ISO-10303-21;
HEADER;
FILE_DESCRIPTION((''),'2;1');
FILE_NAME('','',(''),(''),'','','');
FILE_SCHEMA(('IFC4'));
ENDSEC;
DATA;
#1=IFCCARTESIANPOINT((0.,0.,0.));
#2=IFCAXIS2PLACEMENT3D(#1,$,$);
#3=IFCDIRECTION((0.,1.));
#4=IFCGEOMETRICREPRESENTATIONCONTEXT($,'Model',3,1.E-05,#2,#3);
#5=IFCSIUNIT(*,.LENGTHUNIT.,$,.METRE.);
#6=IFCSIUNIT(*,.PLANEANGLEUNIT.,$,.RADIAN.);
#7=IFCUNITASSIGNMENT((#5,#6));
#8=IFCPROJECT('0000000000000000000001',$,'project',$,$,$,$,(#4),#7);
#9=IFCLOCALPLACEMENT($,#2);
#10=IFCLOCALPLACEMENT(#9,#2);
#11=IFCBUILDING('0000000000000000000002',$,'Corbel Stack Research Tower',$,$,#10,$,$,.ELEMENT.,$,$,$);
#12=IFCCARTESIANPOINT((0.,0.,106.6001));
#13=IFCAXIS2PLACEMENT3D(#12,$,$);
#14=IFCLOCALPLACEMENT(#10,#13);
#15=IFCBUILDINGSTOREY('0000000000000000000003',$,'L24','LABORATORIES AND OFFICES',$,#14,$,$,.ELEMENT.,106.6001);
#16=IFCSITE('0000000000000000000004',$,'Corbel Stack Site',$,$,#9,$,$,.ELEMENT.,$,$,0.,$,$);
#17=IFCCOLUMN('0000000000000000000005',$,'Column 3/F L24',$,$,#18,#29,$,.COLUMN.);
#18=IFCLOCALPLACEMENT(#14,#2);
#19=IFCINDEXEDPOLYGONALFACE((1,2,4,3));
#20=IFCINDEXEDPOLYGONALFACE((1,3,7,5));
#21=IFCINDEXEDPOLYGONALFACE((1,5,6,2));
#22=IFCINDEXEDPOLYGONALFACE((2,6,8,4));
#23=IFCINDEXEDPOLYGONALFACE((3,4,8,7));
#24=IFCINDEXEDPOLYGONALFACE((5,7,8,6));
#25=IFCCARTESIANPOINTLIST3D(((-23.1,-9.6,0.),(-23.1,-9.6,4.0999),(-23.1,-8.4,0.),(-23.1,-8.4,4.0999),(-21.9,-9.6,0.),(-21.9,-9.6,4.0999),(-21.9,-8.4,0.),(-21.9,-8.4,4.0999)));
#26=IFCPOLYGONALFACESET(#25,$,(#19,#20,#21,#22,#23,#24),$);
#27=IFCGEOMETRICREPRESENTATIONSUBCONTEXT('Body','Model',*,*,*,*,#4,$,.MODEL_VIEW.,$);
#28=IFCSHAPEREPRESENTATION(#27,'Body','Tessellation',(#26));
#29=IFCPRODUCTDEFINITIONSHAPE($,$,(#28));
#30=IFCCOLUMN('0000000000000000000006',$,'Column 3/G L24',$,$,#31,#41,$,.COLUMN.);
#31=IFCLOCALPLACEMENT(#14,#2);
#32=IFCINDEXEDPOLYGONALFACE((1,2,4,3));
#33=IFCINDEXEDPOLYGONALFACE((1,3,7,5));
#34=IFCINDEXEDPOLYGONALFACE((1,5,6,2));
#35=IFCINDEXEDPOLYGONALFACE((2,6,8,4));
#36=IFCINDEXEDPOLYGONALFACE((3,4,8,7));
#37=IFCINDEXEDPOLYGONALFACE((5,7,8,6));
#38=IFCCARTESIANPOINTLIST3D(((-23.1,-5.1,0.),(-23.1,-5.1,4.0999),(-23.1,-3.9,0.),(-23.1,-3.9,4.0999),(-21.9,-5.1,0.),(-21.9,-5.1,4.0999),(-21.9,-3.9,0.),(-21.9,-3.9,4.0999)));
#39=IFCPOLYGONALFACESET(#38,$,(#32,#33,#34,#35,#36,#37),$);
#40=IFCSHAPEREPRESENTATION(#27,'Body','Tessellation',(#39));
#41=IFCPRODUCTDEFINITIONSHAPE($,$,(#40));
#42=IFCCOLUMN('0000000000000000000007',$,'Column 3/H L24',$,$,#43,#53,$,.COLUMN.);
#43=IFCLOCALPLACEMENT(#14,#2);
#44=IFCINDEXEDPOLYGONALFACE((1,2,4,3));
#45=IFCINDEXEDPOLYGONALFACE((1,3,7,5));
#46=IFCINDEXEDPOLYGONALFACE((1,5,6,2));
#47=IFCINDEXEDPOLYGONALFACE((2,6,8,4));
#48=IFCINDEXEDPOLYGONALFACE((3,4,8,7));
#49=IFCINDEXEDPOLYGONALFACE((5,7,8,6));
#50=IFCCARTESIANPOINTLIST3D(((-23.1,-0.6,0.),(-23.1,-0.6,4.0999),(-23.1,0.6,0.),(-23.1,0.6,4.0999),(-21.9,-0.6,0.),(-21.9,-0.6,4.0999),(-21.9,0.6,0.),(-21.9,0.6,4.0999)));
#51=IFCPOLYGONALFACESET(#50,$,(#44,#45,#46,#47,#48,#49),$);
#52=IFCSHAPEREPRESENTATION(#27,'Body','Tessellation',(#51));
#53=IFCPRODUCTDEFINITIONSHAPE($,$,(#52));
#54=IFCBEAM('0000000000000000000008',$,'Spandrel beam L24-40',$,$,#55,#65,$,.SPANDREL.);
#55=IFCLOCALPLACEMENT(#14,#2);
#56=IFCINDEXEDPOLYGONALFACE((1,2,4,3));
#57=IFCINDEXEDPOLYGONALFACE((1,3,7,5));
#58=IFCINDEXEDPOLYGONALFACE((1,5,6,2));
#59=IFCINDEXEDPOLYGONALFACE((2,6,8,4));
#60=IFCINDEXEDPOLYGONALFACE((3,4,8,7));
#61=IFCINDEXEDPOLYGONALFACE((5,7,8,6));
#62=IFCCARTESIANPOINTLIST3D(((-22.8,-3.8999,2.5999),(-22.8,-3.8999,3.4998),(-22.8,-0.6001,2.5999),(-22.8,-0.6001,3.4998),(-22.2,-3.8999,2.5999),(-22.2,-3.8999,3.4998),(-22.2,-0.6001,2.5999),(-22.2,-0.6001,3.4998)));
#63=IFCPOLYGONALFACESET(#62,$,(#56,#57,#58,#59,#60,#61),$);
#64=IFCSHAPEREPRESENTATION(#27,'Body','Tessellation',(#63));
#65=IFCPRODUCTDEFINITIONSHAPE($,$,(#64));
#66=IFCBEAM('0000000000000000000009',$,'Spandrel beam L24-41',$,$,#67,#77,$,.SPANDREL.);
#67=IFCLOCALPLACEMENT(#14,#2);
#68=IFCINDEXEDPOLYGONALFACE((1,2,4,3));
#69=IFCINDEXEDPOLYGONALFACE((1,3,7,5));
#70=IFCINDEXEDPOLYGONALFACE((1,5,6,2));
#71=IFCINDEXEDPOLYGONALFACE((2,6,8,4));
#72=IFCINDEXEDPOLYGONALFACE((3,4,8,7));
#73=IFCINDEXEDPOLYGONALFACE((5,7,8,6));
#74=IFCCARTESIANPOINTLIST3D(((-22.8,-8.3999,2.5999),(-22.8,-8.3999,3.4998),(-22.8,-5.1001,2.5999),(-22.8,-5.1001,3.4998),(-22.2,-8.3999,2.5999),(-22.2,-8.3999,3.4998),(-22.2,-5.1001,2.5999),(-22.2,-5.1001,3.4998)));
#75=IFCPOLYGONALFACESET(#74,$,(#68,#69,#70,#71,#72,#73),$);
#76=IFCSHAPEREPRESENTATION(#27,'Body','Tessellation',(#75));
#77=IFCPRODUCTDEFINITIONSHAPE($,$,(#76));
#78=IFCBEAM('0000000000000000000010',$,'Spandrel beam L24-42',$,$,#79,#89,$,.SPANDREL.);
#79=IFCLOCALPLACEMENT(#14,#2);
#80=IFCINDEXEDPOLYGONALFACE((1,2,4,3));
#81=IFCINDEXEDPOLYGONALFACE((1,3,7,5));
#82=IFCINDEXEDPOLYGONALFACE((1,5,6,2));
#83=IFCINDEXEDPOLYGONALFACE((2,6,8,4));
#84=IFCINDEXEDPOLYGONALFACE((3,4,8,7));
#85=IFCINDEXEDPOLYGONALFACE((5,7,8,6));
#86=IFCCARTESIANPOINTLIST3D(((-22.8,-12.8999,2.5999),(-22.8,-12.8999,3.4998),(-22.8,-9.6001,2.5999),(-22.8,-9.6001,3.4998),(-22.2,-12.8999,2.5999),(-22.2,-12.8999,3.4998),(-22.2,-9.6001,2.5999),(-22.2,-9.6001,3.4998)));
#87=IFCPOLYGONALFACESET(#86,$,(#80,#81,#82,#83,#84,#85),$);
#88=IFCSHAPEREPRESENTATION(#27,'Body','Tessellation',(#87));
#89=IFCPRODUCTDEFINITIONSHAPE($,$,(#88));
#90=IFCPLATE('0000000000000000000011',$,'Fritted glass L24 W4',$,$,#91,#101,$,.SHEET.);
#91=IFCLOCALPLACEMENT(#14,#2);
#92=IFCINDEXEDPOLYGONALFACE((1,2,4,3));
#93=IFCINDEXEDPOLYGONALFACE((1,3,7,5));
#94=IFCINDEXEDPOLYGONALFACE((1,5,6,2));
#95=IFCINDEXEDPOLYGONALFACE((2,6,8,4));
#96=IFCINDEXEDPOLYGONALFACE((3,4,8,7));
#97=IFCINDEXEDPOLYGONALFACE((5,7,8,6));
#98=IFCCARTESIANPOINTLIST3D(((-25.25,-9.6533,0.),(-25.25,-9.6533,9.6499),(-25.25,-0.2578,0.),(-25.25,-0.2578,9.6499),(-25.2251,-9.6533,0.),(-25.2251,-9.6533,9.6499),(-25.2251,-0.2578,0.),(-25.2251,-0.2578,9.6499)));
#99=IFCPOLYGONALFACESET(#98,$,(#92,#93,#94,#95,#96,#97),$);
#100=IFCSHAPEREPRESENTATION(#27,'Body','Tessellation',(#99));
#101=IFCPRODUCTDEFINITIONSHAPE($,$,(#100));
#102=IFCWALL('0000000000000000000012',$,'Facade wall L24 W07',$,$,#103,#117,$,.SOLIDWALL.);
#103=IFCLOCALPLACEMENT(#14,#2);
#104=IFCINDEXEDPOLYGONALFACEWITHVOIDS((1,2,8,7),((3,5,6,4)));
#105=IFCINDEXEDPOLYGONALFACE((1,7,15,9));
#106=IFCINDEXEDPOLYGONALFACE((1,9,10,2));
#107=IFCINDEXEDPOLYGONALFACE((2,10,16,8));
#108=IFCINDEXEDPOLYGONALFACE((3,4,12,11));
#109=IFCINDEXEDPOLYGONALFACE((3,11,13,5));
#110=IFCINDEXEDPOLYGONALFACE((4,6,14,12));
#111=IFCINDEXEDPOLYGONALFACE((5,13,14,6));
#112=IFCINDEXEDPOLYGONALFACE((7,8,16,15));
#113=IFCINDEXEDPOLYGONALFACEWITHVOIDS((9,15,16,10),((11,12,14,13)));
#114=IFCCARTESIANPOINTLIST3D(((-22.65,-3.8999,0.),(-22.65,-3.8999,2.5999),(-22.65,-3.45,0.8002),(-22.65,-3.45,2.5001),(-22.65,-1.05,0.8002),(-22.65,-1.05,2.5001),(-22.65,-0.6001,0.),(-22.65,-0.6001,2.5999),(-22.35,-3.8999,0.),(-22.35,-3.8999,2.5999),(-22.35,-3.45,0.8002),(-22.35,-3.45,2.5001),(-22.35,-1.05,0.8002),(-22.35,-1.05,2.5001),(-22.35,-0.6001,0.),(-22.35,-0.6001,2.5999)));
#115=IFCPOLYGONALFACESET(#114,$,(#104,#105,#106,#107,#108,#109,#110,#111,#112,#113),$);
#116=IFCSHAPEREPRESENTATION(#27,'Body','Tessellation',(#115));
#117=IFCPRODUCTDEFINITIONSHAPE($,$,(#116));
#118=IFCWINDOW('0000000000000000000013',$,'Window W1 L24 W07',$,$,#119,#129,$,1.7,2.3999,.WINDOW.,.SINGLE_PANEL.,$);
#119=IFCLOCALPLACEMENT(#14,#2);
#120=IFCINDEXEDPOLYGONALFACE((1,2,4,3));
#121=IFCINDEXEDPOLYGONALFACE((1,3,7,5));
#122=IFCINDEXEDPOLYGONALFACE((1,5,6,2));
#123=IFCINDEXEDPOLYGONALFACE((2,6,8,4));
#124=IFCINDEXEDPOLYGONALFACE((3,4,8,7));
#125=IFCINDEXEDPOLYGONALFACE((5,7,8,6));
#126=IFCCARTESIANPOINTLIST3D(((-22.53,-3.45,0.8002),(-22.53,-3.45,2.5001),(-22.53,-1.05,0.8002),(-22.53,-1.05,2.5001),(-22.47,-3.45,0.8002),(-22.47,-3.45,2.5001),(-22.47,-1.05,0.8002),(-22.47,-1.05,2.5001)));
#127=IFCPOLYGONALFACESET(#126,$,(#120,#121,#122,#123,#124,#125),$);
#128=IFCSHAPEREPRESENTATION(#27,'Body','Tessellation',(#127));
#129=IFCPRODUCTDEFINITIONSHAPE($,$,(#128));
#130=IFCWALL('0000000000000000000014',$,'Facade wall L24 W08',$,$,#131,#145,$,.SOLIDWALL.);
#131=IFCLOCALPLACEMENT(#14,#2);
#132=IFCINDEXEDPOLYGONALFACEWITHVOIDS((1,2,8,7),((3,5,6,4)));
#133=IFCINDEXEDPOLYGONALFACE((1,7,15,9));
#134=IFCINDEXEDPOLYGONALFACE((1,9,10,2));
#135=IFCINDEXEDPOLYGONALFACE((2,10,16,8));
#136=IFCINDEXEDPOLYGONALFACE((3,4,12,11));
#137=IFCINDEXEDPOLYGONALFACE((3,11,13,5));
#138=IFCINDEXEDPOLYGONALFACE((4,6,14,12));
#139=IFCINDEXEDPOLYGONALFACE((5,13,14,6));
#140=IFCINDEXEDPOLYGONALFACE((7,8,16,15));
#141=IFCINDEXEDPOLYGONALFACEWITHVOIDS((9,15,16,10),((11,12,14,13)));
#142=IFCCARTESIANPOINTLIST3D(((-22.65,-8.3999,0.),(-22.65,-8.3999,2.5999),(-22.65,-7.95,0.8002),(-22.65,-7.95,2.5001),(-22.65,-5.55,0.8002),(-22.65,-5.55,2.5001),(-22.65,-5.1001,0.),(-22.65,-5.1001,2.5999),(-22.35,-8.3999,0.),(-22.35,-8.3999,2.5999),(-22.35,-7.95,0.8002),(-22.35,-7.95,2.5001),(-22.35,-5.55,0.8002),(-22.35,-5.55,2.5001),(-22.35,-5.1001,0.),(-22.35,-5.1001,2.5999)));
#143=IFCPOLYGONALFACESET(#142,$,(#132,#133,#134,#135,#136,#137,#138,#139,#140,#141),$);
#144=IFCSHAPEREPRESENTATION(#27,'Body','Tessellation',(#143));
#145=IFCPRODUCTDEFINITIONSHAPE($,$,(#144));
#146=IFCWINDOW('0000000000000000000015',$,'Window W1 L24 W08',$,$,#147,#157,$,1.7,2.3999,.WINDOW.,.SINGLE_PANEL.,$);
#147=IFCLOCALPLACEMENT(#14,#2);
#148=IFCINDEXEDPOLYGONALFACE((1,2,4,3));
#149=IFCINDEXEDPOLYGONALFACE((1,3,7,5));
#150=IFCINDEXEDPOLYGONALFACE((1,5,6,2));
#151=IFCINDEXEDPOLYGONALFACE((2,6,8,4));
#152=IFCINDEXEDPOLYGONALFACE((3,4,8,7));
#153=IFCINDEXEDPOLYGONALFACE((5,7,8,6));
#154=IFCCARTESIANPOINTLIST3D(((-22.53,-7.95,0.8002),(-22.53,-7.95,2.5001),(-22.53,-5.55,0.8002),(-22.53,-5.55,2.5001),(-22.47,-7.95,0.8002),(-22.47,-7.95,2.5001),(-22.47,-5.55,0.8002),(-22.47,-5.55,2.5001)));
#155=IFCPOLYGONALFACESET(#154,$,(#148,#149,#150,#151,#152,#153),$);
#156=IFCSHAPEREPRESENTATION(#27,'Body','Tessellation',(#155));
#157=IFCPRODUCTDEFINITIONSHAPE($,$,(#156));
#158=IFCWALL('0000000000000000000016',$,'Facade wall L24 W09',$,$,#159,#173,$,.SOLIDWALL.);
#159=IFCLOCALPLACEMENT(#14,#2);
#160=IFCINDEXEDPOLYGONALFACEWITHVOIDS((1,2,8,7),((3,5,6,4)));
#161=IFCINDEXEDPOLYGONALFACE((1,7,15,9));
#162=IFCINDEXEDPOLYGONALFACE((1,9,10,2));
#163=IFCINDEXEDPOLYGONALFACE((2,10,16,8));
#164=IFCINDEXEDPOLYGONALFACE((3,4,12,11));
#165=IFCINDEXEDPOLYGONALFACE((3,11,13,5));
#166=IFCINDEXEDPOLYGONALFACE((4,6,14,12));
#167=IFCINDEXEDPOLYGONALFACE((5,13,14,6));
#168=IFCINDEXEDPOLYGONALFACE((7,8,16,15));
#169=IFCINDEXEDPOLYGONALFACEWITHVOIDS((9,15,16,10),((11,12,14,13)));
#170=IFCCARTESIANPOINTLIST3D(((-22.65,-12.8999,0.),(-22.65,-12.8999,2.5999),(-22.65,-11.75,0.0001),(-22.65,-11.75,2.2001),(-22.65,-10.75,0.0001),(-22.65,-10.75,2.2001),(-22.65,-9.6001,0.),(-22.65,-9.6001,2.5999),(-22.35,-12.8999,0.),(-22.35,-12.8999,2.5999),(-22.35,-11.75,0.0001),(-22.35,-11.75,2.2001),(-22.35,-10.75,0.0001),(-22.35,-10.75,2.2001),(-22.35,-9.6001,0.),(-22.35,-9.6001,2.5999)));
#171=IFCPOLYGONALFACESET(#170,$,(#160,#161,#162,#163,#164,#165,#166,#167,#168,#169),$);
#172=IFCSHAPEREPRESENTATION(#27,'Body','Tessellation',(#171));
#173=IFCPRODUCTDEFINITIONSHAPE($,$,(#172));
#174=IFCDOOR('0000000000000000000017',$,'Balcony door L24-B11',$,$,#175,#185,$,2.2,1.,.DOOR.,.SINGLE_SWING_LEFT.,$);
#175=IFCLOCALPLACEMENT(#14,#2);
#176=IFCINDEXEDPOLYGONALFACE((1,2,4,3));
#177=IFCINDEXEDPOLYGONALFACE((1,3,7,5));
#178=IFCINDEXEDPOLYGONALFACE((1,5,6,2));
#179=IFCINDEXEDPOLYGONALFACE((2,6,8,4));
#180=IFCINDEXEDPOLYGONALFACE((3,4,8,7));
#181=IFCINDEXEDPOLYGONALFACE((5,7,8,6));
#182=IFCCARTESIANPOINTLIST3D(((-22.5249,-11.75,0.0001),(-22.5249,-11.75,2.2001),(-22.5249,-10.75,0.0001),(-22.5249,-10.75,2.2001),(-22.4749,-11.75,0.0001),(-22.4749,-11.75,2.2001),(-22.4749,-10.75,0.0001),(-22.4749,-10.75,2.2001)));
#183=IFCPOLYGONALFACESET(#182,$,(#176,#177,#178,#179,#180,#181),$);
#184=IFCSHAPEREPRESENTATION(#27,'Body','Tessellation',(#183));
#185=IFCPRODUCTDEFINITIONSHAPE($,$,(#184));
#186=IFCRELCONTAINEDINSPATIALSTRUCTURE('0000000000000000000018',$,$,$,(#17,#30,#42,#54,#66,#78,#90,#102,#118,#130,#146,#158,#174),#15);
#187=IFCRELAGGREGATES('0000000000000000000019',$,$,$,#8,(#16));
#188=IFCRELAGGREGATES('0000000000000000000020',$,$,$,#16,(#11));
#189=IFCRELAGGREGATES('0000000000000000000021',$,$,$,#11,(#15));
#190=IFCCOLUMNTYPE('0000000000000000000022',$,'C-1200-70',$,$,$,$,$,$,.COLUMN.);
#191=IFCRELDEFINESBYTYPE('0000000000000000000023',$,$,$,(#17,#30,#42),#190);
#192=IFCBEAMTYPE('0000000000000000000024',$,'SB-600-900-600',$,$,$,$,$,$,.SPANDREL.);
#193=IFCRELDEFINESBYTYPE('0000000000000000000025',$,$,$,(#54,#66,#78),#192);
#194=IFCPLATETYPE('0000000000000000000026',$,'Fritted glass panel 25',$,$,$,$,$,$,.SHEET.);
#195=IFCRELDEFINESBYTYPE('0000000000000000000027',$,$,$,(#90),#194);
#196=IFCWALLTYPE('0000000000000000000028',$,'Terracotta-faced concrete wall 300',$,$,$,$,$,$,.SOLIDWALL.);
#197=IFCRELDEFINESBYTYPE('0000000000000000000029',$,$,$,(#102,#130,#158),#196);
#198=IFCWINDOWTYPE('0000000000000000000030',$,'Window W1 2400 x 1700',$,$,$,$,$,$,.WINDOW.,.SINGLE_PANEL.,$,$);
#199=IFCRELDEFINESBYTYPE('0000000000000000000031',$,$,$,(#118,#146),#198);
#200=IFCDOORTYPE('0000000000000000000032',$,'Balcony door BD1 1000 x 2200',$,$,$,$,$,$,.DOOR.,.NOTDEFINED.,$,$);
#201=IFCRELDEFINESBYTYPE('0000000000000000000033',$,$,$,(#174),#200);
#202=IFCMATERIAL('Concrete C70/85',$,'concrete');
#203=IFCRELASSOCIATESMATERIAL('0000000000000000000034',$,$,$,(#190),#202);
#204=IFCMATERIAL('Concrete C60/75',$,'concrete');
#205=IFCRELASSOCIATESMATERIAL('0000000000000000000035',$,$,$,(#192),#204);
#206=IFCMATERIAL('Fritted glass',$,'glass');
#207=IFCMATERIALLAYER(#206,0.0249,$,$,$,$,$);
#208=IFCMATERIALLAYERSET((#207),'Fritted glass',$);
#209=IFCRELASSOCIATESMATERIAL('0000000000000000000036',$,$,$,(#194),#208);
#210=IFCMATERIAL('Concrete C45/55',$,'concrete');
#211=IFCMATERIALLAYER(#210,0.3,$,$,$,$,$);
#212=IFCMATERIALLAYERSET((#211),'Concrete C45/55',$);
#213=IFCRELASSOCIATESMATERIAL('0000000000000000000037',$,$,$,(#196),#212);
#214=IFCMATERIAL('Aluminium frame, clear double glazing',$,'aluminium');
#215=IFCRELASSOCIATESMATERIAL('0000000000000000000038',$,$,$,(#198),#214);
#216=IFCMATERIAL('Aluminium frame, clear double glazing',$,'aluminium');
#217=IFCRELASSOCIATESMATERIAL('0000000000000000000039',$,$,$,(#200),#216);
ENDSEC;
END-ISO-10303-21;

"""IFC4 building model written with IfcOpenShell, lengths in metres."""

from ifc_helpers import new_model, si_unit, direction, frame, frame_2d, origin, origin_2d, place, context, subcontext, project, spatial, rectangle, extrude, material, layer, layer_set, material_profile, profile_set, type_object, element, fill, save


model = new_model("IFC4")

# Units and contexts
model_context = context("Model", 3, precision=1e-05, world=origin(), true_north=direction((0.0, 1.0)))
body_context = subcontext(model_context, "Body", "Model", "MODEL_VIEW")
ifc_project = project(units=[si_unit("LENGTHUNIT", "METRE"), si_unit("PLANEANGLEUNIT", "RADIAN")], contexts=[model_context])

# Site, building, storey
site_placement = place(None, origin())
site = spatial("IfcSite", under=ifc_project, at=site_placement, Name="Corbel Stack Site", CompositionType="ELEMENT", RefElevation=0.0)
building_placement = place(site_placement, origin())
building = spatial("IfcBuilding", under=site, at=building_placement, Name="Corbel Stack Research Tower", CompositionType="ELEMENT")
storey_placement = place(building_placement, frame((0.0, 0.0, 106.6001)))
storey = spatial("IfcBuildingStorey", under=building, at=storey_placement, Name="L24", Description="LABORATORIES AND OFFICES", CompositionType="ELEMENT", Elevation=106.6001)

# Columns
ifc_material_1 = material(Name="Concrete C70/85", Category="concrete")
ifc_material_profile_1 = material_profile(ifc_material_1, rectangle(XDim=1.2, YDim=1.2, at=origin_2d()), Name="RC 1200 x 1200")
ifc_profile_set_1 = profile_set([ifc_material_profile_1], Name="Concrete C70/85")
column_type = type_object("IfcColumnType", Name="C-1200-70", PredefinedType="COLUMN", material=ifc_profile_set_1)
for number, where, z_axis, x_axis, name in (
    (1, (-22.5, -9.0, 0.0), (0.0, 0.0, 1.0), (1.0, 0.0, 0.0), "Column 3/F L24"),
    (2, (-22.5, -4.5, 0.0), (0.0, 0.0, 1.0), (1.0, 0.0, 0.0), "Column 3/G L24"),
    (3, (-22.5, 0.0, 0.0), (0.0, 0.0, 1.0), (1.0, 0.0, 0.0), "Column 3/H L24"),
):
    element("IfcColumn", number, at=place(storey_placement, frame(where, z_axis=z_axis, x_axis=x_axis)), inside=storey, type_object=column_type, Name=name, PredefinedType="COLUMN", context=body_context, shape_type="SweptSolid", body=[
        extrude(rectangle(XDim=1.2, YDim=1.2, at=origin_2d()), origin(), (0.0, 0.0, 1.0), 4.0999),
    ])

# Beams
ifc_material_2 = material(Name="Concrete C60/75", Category="concrete")
ifc_material_profile_2 = material_profile(ifc_material_2, rectangle(XDim=0.6001, YDim=0.8999, at=origin_2d()), Name="RC 600 x 900")
ifc_profile_set_2 = profile_set([ifc_material_profile_2], Name="Concrete C60/75")
beam_type = type_object("IfcBeamType", Name="SB-600-900-600", PredefinedType="SPANDREL", material=ifc_profile_set_2)
for number, where, z_axis, x_axis, name in (
    (4, (-22.5, -0.6001, 3.0498), (0.0, -1.0, 0.0), (1.0, 0.0, 0.0), "Spandrel beam L24-40"),
    (5, (-22.5, -5.1001, 3.0498), (0.0, -1.0, 0.0), (1.0, 0.0, 0.0), "Spandrel beam L24-41"),
    (6, (-22.5, -9.6001, 3.0498), (0.0, -1.0, 0.0), (1.0, 0.0, 0.0), "Spandrel beam L24-42"),
):
    element("IfcBeam", number, at=place(storey_placement, frame(where, z_axis=z_axis, x_axis=x_axis)), inside=storey, type_object=beam_type, Name=name, PredefinedType="SPANDREL", context=body_context, shape_type="SweptSolid", body=[
        extrude(rectangle(XDim=0.6001, YDim=0.8999, at=origin_2d()), origin(), (0.0, 0.0, 1.0), 3.2998),
    ])

# Plate
ifc_material_3 = material(Name="Fritted glass", Category="glass")
ifc_layer_1 = layer(ifc_material_3, 0.0249)
ifc_layer_set_1 = layer_set([ifc_layer_1], Name="Fritted glass")
plate_type = type_object("IfcPlateType", Name="Fritted glass panel 25", PredefinedType="SHEET", material=ifc_layer_set_1)
plate_placement = place(storey_placement, frame((-25.2375, -4.9556, 0.0), z_axis=(0.0, 0.0, 1.0), x_axis=(0.0, -1.0, 0.0)))
element("IfcPlate", 7, at=plate_placement, inside=storey, type_object=plate_type, Name="Fritted glass L24 W4", PredefinedType="SHEET", context=body_context, shape_type="SweptSolid", body=[
    extrude(rectangle(XDim=9.3955, YDim=0.0249, at=origin_2d()), origin(), (0.0, 0.0, 1.0), 9.6499),
])

# Walls, openings, windows
ifc_material_4 = material(Name="Concrete C45/55", Category="concrete")
ifc_layer_2 = layer(ifc_material_4, 0.3)
ifc_layer_set_2 = layer_set([ifc_layer_2], Name="Concrete C45/55")
wall_type = type_object("IfcWallType", Name="Terracotta-faced concrete wall 300", PredefinedType="SOLIDWALL", material=ifc_layer_set_2)
wall_1_placement = place(storey_placement, frame((-22.5, -3.8999, 0.0), z_axis=(0.0, 0.0, 1.0), x_axis=(0.0, 1.0, 0.0)))
wall_1 = element("IfcWall", 8, at=wall_1_placement, inside=storey, type_object=wall_type, Name="Facade wall L24 W07", PredefinedType="SOLIDWALL", context=body_context, shape_type="SweptSolid", body=[
    extrude(rectangle(XDim=3.2998, YDim=0.3, at=frame_2d((1.6499, 0.0))), origin(), (0.0, 0.0, 1.0), 2.5999),
])
opening_1_placement = place(wall_1_placement, frame((0.45, 0.0, 0.8)))
opening_1 = element("IfcOpeningElement", 9, at=opening_1_placement, cuts=wall_1, PredefinedType="OPENING", context=body_context, shape_type="SweptSolid", body=[
    extrude(rectangle(XDim=2.3999, YDim=1.7, at=frame_2d((1.2, 0.8501))), frame((0.0, 0.1599, 0.0), z_axis=(0.0, -1.0, 0.0), x_axis=(1.0, 0.0, 0.0)), (0.0, 0.0, 1.0), 0.3201),
])
ifc_material_5 = material(Name="Aluminium frame, clear double glazing", Category="aluminium")
window_type = type_object("IfcWindowType", Name="Window W1 2400 x 1700", PartitioningType="SINGLE_PANEL", PredefinedType="WINDOW", material=ifc_material_5)
window_1_placement = place(opening_1_placement, origin())
window_1 = element("IfcWindow", 10, at=window_1_placement, inside=storey, type_object=window_type, Name="Window W1 L24 W07", OverallHeight=1.7, OverallWidth=2.3999, PartitioningType="SINGLE_PANEL", PredefinedType="WINDOW", context=body_context, shape_type="SweptSolid", body=[
    extrude(rectangle(XDim=2.3999, YDim=1.7, at=frame_2d((1.2, 0.8501))), frame((0.0, 0.03, 0.0), z_axis=(0.0, -1.0, 0.0), x_axis=(1.0, 0.0, 0.0)), (0.0, 0.0, 1.0), 0.0601),
])
fill(opening_1, window_1)
wall_2_placement = place(storey_placement, frame((-22.5, -8.3999, 0.0), z_axis=(0.0, 0.0, 1.0), x_axis=(0.0, 1.0, 0.0)))
wall_2 = element("IfcWall", 11, at=wall_2_placement, inside=storey, type_object=wall_type, Name="Facade wall L24 W08", PredefinedType="SOLIDWALL", context=body_context, shape_type="SweptSolid", body=[
    extrude(rectangle(XDim=3.2998, YDim=0.3, at=frame_2d((1.6499, 0.0))), origin(), (0.0, 0.0, 1.0), 2.5999),
])
opening_2_placement = place(wall_2_placement, frame((0.45, 0.0, 0.8)))
opening_2 = element("IfcOpeningElement", 12, at=opening_2_placement, cuts=wall_2, PredefinedType="OPENING", context=body_context, shape_type="SweptSolid", body=[
    extrude(rectangle(XDim=2.3999, YDim=1.7, at=frame_2d((1.2, 0.8501))), frame((0.0, 0.1599, 0.0), z_axis=(0.0, -1.0, 0.0), x_axis=(1.0, 0.0, 0.0)), (0.0, 0.0, 1.0), 0.3201),
])
window_2_placement = place(opening_2_placement, origin())
window_2 = element("IfcWindow", 13, at=window_2_placement, inside=storey, type_object=window_type, Name="Window W1 L24 W08", OverallHeight=1.7, OverallWidth=2.3999, PartitioningType="SINGLE_PANEL", PredefinedType="WINDOW", context=body_context, shape_type="SweptSolid", body=[
    extrude(rectangle(XDim=2.3999, YDim=1.7, at=frame_2d((1.2, 0.8501))), frame((0.0, 0.03, 0.0), z_axis=(0.0, -1.0, 0.0), x_axis=(1.0, 0.0, 0.0)), (0.0, 0.0, 1.0), 0.0601),
])
fill(opening_2, window_2)

# Wall, opening, door
wall_3_placement = place(storey_placement, frame((-22.5, -12.8999, 0.0), z_axis=(0.0, 0.0, 1.0), x_axis=(0.0, 1.0, 0.0)))
wall_3 = element("IfcWall", 14, at=wall_3_placement, inside=storey, type_object=wall_type, Name="Facade wall L24 W09", PredefinedType="SOLIDWALL", context=body_context, shape_type="SweptSolid", body=[
    extrude(rectangle(XDim=3.2998, YDim=0.3, at=frame_2d((1.6499, 0.0))), origin(), (0.0, 0.0, 1.0), 2.5999),
])
opening_3_placement = place(wall_3_placement, frame((1.1499, 0.0, 0.0)))
opening_3 = element("IfcOpeningElement", 15, at=opening_3_placement, cuts=wall_3, PredefinedType="OPENING", context=body_context, shape_type="SweptSolid", body=[
    extrude(rectangle(XDim=1.0, YDim=2.2, at=frame_2d((0.5, 1.1001))), frame((0.0, 0.1599, 0.0), z_axis=(0.0, -1.0, 0.0), x_axis=(1.0, 0.0, 0.0)), (0.0, 0.0, 1.0), 0.3201),
])
ifc_material_6 = material(Name="Aluminium frame, clear double glazing", Category="aluminium")
door_type = type_object("IfcDoorType", Name="Balcony door BD1 1000 x 2200", OperationType="NOTDEFINED", PredefinedType="DOOR", material=ifc_material_6)
door_placement = place(opening_3_placement, origin())
door = element("IfcDoor", 16, at=door_placement, inside=storey, type_object=door_type, Name="Balcony door L24-B11", OperationType="SINGLE_SWING_LEFT", OverallHeight=2.2, OverallWidth=1.0, PredefinedType="DOOR", context=body_context, shape_type="SweptSolid", body=[
    extrude(rectangle(XDim=1.0, YDim=2.2, at=frame_2d((0.5, 1.1001))), frame((0.0, 0.0249, 0.0), z_axis=(0.0, -1.0, 0.0), x_axis=(1.0, 0.0, 0.0)), (0.0, 0.0, 1.0), 0.05),
])
fill(opening_3, door)

save(model, "model.ifc")
